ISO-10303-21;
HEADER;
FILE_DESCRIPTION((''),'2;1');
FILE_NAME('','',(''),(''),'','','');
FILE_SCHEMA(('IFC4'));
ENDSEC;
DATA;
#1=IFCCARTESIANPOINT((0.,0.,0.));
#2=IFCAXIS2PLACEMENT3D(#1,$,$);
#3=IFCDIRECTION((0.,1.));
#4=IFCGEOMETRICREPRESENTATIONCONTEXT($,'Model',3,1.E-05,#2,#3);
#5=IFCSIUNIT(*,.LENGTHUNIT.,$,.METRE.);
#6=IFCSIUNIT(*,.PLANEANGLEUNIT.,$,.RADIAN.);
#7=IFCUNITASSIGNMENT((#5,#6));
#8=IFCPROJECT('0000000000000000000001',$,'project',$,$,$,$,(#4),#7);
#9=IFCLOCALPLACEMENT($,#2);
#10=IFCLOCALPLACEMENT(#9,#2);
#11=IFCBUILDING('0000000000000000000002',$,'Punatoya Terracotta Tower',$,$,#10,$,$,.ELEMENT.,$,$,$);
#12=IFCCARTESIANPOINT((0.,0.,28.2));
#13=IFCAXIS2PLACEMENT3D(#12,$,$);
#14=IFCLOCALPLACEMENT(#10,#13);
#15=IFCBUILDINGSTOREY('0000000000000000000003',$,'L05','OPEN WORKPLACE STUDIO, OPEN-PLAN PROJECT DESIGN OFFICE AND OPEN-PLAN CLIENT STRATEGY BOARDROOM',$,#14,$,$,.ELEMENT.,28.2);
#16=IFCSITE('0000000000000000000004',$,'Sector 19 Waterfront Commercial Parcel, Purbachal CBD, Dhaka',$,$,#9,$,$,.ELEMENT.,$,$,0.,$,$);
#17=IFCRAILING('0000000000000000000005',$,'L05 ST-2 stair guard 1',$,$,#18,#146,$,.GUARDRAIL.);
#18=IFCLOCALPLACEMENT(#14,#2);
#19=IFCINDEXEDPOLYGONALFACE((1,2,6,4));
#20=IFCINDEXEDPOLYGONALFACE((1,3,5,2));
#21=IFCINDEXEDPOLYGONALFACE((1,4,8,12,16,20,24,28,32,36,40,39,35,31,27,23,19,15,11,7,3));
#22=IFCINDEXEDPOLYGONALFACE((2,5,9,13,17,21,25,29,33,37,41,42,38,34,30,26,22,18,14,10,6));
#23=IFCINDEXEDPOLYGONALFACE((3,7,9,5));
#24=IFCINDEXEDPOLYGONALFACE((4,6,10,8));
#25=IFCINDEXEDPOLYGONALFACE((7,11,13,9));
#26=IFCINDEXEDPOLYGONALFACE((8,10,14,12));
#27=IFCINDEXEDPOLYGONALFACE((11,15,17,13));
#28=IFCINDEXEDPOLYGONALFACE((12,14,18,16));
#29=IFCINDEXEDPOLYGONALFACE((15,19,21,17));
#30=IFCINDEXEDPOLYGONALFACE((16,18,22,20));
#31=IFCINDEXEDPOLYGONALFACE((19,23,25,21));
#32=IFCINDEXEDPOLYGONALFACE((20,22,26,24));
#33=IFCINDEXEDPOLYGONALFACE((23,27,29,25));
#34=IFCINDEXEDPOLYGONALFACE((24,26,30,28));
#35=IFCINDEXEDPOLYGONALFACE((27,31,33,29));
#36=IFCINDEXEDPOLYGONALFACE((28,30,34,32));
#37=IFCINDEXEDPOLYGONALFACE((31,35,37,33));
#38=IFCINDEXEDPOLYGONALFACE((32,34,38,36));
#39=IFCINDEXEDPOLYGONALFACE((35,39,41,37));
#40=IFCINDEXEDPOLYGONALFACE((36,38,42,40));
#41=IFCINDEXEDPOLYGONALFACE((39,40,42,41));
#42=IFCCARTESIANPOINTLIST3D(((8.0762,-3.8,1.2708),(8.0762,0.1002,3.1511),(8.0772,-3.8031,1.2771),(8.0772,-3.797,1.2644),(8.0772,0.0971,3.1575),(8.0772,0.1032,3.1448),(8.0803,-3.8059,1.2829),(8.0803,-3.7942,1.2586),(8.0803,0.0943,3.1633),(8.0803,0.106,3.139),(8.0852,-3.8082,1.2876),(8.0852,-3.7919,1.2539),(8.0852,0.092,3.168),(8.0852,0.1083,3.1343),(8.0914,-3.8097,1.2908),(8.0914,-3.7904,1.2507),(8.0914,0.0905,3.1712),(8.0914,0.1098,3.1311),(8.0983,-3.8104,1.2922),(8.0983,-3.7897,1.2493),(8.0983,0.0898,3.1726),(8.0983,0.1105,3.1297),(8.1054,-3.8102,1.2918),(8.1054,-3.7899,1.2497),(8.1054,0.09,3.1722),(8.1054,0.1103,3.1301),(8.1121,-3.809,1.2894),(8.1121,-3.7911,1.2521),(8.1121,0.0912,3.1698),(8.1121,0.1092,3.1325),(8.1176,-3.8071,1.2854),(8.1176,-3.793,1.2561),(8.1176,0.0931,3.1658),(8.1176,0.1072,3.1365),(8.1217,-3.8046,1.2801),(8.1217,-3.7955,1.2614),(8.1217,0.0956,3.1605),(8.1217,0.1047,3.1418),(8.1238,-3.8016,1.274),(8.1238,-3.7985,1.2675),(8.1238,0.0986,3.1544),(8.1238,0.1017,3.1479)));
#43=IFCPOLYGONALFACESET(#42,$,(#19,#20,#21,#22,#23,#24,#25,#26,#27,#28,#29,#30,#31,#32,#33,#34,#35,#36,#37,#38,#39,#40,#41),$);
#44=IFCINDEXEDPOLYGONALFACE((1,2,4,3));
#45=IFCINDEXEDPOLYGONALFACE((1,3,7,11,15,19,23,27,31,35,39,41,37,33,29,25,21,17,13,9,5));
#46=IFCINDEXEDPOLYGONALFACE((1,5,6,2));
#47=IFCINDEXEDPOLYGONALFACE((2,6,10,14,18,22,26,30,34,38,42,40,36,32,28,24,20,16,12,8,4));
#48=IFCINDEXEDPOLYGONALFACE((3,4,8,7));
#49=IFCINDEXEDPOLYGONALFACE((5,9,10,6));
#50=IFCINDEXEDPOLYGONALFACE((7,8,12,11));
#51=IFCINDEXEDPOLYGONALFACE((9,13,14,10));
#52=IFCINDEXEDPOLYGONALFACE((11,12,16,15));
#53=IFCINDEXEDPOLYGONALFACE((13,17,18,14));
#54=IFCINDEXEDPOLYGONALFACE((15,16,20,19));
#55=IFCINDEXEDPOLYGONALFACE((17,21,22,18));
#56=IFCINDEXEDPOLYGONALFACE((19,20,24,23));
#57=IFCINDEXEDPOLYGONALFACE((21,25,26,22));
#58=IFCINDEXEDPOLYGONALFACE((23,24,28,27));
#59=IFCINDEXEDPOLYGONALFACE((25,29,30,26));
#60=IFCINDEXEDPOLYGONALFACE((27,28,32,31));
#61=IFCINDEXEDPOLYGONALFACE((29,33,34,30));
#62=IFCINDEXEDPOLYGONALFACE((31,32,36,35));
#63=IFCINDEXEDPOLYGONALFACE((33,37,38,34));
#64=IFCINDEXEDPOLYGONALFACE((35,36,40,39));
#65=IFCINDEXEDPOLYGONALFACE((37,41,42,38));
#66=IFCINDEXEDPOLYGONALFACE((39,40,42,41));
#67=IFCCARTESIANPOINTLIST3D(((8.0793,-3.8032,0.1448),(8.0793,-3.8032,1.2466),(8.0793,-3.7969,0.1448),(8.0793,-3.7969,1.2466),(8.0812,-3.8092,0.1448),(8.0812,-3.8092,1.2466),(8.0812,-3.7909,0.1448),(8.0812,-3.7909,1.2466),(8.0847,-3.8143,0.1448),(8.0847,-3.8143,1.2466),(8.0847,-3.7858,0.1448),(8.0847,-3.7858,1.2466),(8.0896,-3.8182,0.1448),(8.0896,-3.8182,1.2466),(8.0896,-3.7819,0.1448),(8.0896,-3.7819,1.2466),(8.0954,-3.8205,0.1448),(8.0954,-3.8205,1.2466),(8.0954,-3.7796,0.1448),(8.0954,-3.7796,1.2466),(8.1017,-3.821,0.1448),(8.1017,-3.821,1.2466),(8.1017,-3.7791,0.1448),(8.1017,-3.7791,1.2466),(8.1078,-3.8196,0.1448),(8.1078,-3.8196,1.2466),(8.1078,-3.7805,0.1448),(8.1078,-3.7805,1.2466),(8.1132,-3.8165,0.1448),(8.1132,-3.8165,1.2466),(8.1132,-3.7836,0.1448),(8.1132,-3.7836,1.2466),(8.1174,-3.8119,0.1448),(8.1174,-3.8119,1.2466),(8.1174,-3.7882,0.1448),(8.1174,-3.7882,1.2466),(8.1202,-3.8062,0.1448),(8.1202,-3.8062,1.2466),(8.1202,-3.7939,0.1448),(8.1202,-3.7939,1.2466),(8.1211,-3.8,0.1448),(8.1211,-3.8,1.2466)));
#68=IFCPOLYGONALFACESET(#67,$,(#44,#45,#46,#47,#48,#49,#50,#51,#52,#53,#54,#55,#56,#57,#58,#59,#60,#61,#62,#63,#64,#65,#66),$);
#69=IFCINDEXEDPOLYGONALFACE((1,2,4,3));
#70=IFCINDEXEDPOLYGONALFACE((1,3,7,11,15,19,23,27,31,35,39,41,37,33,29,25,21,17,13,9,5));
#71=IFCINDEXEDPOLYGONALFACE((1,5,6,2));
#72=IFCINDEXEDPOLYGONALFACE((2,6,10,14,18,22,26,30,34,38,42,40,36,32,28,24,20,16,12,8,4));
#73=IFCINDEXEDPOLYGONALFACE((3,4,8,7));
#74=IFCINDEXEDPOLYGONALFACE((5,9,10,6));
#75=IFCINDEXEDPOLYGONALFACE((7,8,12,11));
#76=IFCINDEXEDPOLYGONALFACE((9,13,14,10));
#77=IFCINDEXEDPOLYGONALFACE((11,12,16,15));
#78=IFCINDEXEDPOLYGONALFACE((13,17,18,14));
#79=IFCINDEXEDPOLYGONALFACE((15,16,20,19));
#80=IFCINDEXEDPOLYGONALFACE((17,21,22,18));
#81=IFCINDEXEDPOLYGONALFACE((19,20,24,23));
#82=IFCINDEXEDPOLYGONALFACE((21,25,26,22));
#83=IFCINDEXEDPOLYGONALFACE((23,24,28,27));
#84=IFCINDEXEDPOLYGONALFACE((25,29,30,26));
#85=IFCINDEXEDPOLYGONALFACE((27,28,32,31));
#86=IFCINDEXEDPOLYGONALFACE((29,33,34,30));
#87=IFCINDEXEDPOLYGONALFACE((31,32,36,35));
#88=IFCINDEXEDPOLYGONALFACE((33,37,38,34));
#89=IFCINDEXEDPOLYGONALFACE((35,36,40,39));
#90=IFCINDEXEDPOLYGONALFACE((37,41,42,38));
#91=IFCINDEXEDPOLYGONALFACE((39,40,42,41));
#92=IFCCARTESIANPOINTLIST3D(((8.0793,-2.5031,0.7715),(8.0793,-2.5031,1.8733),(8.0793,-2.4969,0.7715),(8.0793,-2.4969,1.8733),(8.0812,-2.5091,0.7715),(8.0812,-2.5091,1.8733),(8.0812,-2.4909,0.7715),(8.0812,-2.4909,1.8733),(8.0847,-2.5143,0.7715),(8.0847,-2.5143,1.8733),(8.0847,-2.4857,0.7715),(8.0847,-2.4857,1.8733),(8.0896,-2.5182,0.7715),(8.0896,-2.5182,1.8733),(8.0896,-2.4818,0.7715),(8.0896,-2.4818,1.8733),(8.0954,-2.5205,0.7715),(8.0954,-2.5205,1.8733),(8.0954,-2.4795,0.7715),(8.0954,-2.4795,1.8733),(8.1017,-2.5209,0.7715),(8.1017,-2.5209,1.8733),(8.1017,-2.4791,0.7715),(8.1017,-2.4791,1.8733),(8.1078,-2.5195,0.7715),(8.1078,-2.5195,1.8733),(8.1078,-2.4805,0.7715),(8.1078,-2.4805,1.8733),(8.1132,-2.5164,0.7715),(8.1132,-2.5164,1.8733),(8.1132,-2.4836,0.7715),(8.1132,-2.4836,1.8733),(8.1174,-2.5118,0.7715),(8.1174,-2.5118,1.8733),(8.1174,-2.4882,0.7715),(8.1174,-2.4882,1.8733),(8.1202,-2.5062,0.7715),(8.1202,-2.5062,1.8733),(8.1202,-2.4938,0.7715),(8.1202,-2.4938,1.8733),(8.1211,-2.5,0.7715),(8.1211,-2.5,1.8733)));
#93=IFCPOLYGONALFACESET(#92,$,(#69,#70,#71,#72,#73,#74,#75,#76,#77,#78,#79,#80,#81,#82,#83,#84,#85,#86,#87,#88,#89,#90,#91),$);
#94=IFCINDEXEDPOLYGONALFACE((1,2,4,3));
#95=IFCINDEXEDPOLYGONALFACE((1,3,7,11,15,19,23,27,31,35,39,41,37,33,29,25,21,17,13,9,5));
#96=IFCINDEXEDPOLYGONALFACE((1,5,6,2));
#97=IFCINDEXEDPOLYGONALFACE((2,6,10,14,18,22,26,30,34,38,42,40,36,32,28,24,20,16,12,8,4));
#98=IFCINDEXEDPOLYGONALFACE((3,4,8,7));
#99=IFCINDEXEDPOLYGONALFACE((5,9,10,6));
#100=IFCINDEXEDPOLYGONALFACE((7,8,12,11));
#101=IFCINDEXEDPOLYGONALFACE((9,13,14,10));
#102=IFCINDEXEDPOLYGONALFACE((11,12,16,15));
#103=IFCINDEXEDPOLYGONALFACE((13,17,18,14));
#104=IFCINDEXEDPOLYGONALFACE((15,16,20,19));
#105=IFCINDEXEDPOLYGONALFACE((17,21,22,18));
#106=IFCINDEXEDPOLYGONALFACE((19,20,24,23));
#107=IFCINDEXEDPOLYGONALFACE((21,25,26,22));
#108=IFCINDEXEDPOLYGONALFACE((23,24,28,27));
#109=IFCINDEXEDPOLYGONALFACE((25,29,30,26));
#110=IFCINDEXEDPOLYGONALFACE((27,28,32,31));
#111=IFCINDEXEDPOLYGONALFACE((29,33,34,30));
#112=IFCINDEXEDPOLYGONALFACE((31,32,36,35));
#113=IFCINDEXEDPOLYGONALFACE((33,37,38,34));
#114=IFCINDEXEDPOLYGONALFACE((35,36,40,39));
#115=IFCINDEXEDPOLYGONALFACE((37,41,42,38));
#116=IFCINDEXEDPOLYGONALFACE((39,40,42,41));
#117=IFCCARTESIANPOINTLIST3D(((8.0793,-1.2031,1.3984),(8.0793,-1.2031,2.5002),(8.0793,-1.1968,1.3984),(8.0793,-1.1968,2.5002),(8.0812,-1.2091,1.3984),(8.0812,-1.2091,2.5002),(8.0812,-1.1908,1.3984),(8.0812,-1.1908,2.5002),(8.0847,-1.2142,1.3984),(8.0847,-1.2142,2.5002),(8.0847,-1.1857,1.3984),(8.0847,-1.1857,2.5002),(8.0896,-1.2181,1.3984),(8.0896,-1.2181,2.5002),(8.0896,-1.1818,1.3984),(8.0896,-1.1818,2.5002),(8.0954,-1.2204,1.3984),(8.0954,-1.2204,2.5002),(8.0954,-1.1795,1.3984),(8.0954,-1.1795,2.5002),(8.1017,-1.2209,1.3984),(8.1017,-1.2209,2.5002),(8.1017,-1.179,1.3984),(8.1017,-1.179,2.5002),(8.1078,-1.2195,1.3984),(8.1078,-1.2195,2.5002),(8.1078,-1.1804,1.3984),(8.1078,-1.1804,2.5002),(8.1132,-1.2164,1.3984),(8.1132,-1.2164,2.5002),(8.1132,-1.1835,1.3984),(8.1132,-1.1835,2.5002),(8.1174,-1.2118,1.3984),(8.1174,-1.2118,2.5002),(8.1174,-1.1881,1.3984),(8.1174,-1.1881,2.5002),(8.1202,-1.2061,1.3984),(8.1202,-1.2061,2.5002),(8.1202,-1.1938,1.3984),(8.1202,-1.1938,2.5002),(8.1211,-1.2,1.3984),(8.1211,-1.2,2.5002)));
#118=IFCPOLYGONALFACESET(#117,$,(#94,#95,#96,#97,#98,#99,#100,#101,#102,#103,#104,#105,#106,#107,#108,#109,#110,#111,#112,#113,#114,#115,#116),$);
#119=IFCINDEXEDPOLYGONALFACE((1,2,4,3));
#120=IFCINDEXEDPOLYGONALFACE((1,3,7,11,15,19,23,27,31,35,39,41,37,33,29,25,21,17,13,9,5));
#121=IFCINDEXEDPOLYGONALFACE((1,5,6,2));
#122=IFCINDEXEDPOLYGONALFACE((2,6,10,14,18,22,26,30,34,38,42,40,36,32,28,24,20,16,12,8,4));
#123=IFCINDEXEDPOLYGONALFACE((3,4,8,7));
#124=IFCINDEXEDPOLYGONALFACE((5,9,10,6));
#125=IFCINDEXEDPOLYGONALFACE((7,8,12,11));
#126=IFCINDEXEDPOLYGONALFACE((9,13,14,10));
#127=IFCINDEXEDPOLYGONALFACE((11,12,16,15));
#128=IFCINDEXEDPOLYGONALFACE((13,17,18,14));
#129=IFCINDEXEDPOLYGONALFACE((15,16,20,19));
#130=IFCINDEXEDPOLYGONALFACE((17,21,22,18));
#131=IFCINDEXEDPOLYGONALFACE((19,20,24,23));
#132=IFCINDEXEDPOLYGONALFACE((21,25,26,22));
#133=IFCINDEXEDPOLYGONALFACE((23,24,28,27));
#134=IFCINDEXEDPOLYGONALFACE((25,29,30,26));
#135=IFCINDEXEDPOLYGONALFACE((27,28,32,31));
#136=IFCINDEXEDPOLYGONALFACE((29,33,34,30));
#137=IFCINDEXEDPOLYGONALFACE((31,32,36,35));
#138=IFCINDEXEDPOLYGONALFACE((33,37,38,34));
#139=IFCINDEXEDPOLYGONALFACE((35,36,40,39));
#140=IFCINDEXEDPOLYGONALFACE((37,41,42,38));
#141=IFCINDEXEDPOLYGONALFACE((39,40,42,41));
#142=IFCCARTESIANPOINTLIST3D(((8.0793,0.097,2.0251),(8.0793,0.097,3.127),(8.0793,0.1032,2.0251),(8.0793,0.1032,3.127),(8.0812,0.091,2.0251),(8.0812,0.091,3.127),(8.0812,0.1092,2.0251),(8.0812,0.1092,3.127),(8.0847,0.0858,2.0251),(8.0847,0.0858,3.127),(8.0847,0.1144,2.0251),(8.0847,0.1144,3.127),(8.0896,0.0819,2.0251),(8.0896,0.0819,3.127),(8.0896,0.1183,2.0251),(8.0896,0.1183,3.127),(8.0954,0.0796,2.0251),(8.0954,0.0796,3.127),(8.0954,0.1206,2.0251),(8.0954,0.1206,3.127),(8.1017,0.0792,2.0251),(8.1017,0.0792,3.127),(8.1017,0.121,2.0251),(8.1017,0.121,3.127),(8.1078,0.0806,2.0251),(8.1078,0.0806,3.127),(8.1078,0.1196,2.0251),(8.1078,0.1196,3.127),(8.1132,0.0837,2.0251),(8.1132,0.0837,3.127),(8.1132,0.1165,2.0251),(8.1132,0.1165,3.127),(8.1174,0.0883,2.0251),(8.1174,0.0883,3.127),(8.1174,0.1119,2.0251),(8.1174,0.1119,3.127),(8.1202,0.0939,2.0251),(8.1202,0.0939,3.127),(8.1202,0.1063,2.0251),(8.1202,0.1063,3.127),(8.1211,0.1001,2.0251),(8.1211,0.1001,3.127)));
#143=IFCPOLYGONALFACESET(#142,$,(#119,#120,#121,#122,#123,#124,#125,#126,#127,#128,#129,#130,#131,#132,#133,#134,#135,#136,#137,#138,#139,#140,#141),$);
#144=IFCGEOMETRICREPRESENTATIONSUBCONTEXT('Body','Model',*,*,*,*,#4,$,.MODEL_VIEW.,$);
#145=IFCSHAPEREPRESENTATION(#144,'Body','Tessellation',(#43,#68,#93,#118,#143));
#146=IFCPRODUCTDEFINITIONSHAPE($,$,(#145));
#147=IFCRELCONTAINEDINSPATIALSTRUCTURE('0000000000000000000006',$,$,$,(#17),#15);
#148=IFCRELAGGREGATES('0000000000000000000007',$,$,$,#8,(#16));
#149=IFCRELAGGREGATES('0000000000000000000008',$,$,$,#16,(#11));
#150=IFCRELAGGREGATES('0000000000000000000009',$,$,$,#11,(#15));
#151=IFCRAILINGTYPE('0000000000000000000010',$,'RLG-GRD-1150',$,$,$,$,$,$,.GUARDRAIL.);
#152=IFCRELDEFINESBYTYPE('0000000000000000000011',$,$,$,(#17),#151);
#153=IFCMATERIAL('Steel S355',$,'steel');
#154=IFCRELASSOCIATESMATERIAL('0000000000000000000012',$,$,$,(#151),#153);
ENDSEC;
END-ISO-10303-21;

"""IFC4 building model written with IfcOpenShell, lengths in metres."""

from ifc_helpers import new_model, si_unit, direction, frame, origin, origin_2d, place, context, subcontext, project, spatial, circle, extrude, material, type_object, element, save


model = new_model("IFC4")

# Units and contexts
model_context = context("Model", 3, precision=1e-05, world=origin(), true_north=direction((0.0, 1.0)))
body_context = subcontext(model_context, "Body", "Model", "MODEL_VIEW")
ifc_project = project(units=[si_unit("LENGTHUNIT", "METRE"), si_unit("PLANEANGLEUNIT", "RADIAN")], contexts=[model_context])

# Site, building, storey
site_placement = place(None, origin())
site = spatial("IfcSite", under=ifc_project, at=site_placement, Name="Sector 19 Waterfront Commercial Parcel, Purbachal CBD, Dhaka", CompositionType="ELEMENT", RefElevation=0.0)
building_placement = place(site_placement, origin())
building = spatial("IfcBuilding", under=site, at=building_placement, Name="Punatoya Terracotta Tower", CompositionType="ELEMENT")
storey_placement = place(building_placement, frame((0.0, 0.0, 28.2)))
storey = spatial("IfcBuildingStorey", under=building, at=storey_placement, Name="L05", Description="OPEN WORKPLACE STUDIO, OPEN-PLAN PROJECT DESIGN OFFICE AND OPEN-PLAN CLIENT STRATEGY BOARDROOM", CompositionType="ELEMENT", Elevation=28.2)

# Railing
ifc_material_1 = material(Name="Steel S355", Category="steel")
railing_type_1 = type_object("IfcRailingType", Name="RLG-GRD-1150", PredefinedType="GUARDRAIL", material=ifc_material_1)
railing_1_placement = place(storey_placement, frame((8.1001, -3.8, 0.1448)))
element("IfcRailing", 1, at=railing_1_placement, inside=storey, type_object=railing_type_1, Name="L05 ST-2 stair guard 1", PredefinedType="GUARDRAIL", context=body_context, shape_type="SweptSolid", body=[
    extrude(circle(Radius=0.0239, at=origin_2d()), frame((0.0, 0.0, 1.126), z_axis=(0.0, 0.900774, 0.434289), x_axis=(-1.0, 0.0, 0.0)), (0.0, 0.0, 1.0), 4.3298),
    extrude(circle(Radius=0.021, at=origin_2d()), origin(), (0.0, 0.0, 1.0), 1.1018),
    extrude(circle(Radius=0.021, at=origin_2d()), frame((0.0, 1.3, 0.6267)), (0.0, 0.0, 1.0), 1.1018),
    extrude(circle(Radius=0.021, at=origin_2d()), frame((0.0, 2.6001, 1.2537)), (0.0, 0.0, 1.0), 1.1018),
    extrude(circle(Radius=0.021, at=origin_2d()), frame((0.0, 3.9001, 1.8804)), (0.0, 0.0, 1.0), 1.1018),
])

save(model, "model.ifc")
